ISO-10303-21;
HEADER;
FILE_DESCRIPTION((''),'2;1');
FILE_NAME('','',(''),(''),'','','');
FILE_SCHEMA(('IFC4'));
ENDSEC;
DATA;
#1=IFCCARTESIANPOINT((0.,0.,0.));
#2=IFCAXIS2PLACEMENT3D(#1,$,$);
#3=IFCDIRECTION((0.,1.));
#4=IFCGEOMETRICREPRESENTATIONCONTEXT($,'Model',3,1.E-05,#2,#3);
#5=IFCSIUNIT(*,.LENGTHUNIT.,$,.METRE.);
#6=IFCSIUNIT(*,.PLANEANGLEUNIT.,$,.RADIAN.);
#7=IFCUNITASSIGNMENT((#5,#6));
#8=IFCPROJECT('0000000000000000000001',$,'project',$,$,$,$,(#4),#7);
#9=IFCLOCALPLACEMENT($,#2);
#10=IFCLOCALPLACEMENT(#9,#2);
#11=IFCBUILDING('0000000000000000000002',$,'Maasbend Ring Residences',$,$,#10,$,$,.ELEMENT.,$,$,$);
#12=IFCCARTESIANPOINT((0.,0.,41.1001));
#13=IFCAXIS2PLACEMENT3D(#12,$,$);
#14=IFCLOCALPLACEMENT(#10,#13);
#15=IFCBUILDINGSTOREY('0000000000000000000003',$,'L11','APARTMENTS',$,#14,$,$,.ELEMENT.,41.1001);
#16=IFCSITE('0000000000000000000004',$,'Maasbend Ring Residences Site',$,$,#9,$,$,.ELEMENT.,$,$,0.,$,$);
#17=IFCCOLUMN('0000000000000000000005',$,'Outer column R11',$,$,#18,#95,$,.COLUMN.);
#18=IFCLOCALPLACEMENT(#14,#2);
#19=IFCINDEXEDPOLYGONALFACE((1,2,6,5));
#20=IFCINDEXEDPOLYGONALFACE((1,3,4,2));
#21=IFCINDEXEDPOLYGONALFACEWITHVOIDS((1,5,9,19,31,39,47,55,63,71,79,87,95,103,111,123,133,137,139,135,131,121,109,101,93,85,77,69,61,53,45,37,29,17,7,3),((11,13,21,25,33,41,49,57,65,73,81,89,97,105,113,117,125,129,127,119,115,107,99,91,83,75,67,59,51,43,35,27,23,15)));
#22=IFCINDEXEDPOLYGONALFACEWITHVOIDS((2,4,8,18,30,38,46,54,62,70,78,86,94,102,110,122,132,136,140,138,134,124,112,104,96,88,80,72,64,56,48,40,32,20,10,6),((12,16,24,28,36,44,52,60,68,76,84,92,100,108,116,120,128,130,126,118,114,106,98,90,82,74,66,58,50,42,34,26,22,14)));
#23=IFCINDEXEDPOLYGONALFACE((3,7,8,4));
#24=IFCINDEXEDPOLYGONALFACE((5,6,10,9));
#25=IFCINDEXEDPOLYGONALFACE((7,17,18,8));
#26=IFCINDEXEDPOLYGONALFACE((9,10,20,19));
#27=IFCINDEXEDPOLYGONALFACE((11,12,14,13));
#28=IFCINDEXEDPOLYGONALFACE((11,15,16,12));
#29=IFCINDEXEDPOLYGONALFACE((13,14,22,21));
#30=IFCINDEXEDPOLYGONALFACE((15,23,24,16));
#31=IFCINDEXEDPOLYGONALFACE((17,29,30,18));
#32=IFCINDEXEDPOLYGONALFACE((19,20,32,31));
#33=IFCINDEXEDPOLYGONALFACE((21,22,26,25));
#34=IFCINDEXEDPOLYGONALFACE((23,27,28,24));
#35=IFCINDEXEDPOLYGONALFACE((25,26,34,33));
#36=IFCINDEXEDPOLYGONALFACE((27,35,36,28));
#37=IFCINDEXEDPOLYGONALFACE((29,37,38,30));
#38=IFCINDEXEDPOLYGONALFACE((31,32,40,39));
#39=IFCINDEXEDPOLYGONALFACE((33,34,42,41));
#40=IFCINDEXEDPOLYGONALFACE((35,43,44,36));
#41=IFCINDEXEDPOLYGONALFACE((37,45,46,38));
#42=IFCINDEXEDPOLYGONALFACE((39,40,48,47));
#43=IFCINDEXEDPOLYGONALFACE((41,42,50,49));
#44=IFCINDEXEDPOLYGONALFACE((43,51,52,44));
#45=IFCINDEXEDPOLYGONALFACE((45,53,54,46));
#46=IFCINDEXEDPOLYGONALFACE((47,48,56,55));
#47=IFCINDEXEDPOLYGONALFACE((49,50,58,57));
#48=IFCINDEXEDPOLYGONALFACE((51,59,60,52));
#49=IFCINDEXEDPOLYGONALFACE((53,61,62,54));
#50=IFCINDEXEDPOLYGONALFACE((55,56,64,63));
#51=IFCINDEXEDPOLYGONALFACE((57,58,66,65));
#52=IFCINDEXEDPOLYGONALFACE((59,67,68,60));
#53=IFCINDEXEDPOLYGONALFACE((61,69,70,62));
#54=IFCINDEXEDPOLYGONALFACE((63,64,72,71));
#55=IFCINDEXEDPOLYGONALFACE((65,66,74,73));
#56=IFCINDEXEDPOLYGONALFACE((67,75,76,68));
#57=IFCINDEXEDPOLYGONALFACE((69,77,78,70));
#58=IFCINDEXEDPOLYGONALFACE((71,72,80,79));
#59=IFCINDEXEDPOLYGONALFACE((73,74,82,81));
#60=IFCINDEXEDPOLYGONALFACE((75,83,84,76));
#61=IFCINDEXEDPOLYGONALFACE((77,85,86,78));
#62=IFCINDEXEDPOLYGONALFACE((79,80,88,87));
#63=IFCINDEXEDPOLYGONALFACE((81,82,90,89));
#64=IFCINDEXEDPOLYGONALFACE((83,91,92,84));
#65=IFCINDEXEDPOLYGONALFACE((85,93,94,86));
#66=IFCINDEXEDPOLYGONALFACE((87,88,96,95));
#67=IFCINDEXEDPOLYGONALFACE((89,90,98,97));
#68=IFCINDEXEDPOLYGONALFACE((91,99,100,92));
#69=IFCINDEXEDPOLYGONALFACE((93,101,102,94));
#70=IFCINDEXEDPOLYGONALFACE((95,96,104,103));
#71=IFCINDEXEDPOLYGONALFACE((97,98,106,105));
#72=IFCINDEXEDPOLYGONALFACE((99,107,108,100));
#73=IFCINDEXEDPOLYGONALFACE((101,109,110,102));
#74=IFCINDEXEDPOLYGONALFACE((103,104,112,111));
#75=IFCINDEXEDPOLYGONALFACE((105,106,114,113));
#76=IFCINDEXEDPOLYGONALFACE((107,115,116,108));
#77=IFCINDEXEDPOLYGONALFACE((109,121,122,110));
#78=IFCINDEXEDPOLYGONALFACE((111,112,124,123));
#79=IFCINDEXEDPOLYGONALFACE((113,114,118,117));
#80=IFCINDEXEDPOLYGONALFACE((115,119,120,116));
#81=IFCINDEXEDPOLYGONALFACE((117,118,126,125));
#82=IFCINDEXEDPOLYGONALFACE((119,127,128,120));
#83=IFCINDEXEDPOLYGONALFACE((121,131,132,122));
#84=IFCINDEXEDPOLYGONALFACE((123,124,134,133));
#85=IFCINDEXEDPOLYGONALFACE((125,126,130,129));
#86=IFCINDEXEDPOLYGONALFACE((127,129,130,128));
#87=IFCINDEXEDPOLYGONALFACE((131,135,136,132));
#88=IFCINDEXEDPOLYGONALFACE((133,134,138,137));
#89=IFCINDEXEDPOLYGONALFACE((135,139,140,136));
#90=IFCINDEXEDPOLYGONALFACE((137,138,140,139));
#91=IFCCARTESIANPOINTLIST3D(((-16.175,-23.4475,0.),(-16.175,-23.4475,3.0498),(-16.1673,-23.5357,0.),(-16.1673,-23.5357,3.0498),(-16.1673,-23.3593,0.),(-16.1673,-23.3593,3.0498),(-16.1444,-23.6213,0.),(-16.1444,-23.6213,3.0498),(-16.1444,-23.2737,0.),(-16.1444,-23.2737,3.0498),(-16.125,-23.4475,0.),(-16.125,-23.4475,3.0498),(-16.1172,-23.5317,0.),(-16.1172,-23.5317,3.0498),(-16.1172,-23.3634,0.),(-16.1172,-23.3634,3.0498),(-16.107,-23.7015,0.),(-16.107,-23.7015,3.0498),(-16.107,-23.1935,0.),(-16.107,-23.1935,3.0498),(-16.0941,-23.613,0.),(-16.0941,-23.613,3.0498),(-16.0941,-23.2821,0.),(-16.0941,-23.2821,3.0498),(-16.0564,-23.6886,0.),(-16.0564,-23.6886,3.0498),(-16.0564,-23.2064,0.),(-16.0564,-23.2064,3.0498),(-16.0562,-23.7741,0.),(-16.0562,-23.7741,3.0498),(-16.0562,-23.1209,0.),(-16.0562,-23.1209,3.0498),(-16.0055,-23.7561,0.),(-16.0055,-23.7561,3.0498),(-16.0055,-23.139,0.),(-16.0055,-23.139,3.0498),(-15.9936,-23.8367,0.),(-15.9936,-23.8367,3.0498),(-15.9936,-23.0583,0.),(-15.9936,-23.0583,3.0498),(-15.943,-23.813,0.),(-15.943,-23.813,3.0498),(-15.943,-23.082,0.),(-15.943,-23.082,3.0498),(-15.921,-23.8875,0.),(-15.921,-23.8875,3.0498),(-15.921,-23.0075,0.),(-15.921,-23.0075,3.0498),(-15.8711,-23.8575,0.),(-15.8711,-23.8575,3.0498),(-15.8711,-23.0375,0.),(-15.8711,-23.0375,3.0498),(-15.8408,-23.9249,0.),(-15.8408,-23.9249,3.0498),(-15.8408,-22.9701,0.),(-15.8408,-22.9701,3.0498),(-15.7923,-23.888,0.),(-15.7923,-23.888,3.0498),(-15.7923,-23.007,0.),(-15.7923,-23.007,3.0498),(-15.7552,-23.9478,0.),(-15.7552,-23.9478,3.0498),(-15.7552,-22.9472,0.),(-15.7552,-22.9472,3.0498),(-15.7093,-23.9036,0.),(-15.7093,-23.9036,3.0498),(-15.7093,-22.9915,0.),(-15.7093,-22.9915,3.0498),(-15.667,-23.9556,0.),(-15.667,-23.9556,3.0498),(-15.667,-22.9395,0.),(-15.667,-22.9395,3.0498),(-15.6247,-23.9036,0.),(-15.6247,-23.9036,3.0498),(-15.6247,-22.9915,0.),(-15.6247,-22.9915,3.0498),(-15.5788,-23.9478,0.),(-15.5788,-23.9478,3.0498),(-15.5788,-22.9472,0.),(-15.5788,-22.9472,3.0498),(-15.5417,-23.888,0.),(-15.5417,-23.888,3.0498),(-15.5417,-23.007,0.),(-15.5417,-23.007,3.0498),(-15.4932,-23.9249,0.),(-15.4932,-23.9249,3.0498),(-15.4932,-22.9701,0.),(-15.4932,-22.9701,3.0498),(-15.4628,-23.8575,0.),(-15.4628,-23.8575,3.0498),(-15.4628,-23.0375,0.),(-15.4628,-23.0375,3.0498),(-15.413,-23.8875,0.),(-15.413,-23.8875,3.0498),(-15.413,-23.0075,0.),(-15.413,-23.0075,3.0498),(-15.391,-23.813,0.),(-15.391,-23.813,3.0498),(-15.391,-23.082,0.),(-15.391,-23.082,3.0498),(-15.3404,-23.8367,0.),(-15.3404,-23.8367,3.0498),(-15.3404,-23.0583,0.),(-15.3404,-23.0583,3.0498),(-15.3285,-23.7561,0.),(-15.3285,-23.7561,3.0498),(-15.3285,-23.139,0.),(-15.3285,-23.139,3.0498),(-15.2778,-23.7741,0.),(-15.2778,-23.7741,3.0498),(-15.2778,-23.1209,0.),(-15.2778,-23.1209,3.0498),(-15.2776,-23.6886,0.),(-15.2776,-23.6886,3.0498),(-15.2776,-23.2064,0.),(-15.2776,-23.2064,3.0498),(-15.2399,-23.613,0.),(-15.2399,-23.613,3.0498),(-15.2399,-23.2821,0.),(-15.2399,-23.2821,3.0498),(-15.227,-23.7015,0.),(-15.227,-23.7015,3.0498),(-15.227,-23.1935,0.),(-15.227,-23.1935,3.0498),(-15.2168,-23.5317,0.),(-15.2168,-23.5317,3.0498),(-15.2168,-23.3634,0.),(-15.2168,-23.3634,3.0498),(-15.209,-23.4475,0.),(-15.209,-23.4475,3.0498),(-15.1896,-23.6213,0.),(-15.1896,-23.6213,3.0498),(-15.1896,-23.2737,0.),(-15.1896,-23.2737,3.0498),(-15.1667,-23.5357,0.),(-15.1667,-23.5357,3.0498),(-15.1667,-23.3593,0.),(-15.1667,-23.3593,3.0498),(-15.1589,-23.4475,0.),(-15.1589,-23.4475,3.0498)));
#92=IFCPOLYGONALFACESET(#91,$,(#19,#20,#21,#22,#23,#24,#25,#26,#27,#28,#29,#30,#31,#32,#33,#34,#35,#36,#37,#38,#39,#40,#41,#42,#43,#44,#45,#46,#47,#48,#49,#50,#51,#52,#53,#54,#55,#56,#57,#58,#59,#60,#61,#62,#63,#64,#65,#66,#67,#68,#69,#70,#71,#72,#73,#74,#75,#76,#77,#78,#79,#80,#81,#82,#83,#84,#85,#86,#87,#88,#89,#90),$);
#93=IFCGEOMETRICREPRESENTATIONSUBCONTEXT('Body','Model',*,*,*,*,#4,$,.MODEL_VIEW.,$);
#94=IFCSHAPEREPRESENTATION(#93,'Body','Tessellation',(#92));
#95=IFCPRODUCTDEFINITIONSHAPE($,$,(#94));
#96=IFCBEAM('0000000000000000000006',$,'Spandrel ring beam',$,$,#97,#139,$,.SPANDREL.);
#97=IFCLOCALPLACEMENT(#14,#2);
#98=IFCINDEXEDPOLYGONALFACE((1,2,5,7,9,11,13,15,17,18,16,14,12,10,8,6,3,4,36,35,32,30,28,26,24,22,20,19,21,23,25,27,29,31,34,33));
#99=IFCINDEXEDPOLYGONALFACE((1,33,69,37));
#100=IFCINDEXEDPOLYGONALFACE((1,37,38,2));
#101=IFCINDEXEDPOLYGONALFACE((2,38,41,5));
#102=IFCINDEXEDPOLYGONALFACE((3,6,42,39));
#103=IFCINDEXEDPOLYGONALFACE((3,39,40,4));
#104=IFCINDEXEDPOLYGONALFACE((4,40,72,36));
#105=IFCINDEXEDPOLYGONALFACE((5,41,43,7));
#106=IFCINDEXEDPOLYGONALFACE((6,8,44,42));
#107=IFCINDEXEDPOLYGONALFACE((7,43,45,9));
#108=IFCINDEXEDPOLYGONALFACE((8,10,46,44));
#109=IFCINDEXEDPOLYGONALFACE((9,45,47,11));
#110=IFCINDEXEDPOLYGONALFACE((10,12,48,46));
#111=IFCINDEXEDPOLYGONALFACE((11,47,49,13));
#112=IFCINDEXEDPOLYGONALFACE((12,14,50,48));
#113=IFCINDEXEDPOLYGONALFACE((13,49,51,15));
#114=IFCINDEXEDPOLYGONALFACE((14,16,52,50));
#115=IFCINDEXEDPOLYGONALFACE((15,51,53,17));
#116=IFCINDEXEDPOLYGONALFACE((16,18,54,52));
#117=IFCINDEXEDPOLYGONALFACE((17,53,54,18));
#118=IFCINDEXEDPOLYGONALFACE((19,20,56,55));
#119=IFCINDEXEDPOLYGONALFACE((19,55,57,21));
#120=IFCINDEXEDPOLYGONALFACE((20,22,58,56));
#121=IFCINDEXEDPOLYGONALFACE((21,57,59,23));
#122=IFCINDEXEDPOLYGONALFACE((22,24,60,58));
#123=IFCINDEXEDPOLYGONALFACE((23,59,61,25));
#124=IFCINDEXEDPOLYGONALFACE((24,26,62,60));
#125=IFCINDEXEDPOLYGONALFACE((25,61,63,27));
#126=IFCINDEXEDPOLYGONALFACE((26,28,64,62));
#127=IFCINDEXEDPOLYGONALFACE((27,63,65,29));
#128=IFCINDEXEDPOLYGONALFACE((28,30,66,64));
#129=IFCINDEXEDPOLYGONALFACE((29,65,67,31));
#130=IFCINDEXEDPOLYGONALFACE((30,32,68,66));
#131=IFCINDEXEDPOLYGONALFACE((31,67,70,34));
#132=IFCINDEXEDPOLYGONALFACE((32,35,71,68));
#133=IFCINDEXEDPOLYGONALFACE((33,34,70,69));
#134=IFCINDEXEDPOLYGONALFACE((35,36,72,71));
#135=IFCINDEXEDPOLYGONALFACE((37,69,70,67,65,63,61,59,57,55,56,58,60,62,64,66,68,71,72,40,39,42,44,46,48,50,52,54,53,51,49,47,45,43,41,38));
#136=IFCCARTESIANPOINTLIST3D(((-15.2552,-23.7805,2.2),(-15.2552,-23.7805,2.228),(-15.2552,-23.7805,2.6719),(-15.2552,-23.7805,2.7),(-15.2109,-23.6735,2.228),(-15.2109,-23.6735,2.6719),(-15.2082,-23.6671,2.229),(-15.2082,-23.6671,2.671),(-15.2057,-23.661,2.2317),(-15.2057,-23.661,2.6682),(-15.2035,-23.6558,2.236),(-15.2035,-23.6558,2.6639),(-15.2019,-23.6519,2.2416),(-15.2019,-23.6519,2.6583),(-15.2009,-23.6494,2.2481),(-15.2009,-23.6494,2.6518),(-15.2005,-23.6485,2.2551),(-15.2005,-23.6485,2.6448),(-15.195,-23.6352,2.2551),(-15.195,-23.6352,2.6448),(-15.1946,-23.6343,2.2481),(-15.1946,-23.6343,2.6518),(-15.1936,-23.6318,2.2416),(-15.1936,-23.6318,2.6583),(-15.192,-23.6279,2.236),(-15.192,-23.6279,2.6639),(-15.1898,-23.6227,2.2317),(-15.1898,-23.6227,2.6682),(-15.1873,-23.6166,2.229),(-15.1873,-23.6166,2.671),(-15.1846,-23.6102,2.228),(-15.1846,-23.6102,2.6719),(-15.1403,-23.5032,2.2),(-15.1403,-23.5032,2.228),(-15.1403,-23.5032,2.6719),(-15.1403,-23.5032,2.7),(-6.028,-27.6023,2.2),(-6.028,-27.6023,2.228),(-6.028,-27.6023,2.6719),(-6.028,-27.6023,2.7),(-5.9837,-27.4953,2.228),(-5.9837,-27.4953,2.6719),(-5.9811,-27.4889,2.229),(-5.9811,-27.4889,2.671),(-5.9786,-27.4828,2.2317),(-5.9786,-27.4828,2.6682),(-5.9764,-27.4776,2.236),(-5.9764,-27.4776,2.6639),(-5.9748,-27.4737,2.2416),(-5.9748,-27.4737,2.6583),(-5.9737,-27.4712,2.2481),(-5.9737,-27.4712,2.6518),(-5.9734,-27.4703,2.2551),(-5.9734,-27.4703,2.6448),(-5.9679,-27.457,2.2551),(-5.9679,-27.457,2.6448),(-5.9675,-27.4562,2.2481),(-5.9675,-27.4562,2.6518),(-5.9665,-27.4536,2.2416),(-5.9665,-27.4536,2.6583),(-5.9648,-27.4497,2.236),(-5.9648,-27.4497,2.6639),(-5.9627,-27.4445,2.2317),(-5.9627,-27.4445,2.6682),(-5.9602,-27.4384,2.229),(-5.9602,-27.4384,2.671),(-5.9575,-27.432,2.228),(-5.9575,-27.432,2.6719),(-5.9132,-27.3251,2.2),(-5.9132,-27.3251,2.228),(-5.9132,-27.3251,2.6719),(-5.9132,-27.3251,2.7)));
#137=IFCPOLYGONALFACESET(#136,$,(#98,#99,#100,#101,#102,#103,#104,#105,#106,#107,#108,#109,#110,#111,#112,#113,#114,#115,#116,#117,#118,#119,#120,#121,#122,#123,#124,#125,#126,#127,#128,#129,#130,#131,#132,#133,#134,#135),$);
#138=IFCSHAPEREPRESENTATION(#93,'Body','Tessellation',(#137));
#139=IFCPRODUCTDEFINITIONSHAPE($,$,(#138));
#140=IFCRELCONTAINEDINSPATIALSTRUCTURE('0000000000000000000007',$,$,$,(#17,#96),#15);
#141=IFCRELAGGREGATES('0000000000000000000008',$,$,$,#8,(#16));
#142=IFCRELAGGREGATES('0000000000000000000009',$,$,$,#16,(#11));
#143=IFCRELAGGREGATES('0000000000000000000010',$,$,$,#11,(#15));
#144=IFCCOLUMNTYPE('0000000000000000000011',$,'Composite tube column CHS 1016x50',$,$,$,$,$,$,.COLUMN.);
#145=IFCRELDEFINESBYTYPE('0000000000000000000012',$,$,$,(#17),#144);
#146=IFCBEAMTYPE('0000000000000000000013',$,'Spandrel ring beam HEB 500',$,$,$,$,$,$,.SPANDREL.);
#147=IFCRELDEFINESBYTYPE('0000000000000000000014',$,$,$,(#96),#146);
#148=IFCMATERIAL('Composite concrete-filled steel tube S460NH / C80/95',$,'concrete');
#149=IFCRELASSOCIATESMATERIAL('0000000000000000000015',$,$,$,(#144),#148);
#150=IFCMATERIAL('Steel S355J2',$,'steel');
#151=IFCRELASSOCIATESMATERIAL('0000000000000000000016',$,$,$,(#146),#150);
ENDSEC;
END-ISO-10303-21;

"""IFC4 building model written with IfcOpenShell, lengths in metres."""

from ifc_helpers import new_model, si_unit, direction, frame, origin, origin_2d, place, context, subcontext, project, spatial, hollow_circle, i_section, extrude, material, material_profile, profile_set, type_object, element, save


model = new_model("IFC4")

# Units and contexts
model_context = context("Model", 3, precision=1e-05, world=origin(), true_north=direction((0.0, 1.0)))
body_context = subcontext(model_context, "Body", "Model", "MODEL_VIEW")
ifc_project = project(units=[si_unit("LENGTHUNIT", "METRE"), si_unit("PLANEANGLEUNIT", "RADIAN")], contexts=[model_context])

# Site, building, storey
site_placement = place(None, origin())
site = spatial("IfcSite", under=ifc_project, at=site_placement, Name="Maasbend Ring Residences Site", CompositionType="ELEMENT", RefElevation=0.0)
building_placement = place(site_placement, origin())
building = spatial("IfcBuilding", under=site, at=building_placement, Name="Maasbend Ring Residences", CompositionType="ELEMENT")
storey_placement = place(building_placement, frame((0.0, 0.0, 41.1001)))
storey = spatial("IfcBuildingStorey", under=building, at=storey_placement, Name="L11", Description="APARTMENTS", CompositionType="ELEMENT", Elevation=41.1001)

# Column
ifc_material_1 = material(Name="Composite concrete-filled steel tube S460NH / C80/95", Category="concrete")
ifc_material_profile_1 = material_profile(ifc_material_1, hollow_circle(Radius=0.5081, WallThickness=0.05, at=origin_2d()), Name="Composite tube column CHS 1016x50")
ifc_profile_set_1 = profile_set([ifc_material_profile_1], Name="Composite concrete-filled steel tube S460NH / C80/95")
column_type = type_object("IfcColumnType", Name="Composite tube column CHS 1016x50", PredefinedType="COLUMN", material=ifc_profile_set_1)
column_placement = place(storey_placement, frame((-15.667, -23.4475, 0.0), z_axis=(0.0, 0.0, 1.0), x_axis=(1.0, 0.0, 0.0)))
element("IfcColumn", 1, at=column_placement, inside=storey, type_object=column_type, Name="Outer column R11", PredefinedType="COLUMN", context=body_context, shape_type="SweptSolid", body=[
    extrude(hollow_circle(Radius=0.5081, WallThickness=0.05, at=origin_2d()), origin(), (0.0, 0.0, 1.0), 3.0498),
])

# Beam
ifc_material_2 = material(Name="Steel S355J2", Category="steel")
ifc_material_profile_2 = material_profile(ifc_material_2, i_section(OverallWidth=0.3, OverallDepth=0.5, WebThickness=0.0144, FlangeThickness=0.0281, FilletRadius=0.0271, at=origin_2d()), Name="HEB 500")
ifc_profile_set_2 = profile_set([ifc_material_profile_2], Name="Steel S355J2")
beam_type = type_object("IfcBeamType", Name="Spandrel ring beam HEB 500", PredefinedType="SPANDREL", material=ifc_profile_set_2)
beam_placement = place(storey_placement, frame((-15.1978, -23.6418, 2.45), z_axis=(0.923886, -0.382667, 0.0), x_axis=(0.382667, 0.923886, 0.0)))
element("IfcBeam", 2, at=beam_placement, inside=storey, type_object=beam_type, Name="Spandrel ring beam", PredefinedType="SPANDREL", context=body_context, shape_type="SweptSolid", body=[
    extrude(i_section(OverallWidth=0.3, OverallDepth=0.5, WebThickness=0.0144, FlangeThickness=0.0281, FilletRadius=0.0271, at=origin_2d()), origin(), (0.0, 0.0, 1.0), 9.9873),
])

save(model, "model.ifc")
